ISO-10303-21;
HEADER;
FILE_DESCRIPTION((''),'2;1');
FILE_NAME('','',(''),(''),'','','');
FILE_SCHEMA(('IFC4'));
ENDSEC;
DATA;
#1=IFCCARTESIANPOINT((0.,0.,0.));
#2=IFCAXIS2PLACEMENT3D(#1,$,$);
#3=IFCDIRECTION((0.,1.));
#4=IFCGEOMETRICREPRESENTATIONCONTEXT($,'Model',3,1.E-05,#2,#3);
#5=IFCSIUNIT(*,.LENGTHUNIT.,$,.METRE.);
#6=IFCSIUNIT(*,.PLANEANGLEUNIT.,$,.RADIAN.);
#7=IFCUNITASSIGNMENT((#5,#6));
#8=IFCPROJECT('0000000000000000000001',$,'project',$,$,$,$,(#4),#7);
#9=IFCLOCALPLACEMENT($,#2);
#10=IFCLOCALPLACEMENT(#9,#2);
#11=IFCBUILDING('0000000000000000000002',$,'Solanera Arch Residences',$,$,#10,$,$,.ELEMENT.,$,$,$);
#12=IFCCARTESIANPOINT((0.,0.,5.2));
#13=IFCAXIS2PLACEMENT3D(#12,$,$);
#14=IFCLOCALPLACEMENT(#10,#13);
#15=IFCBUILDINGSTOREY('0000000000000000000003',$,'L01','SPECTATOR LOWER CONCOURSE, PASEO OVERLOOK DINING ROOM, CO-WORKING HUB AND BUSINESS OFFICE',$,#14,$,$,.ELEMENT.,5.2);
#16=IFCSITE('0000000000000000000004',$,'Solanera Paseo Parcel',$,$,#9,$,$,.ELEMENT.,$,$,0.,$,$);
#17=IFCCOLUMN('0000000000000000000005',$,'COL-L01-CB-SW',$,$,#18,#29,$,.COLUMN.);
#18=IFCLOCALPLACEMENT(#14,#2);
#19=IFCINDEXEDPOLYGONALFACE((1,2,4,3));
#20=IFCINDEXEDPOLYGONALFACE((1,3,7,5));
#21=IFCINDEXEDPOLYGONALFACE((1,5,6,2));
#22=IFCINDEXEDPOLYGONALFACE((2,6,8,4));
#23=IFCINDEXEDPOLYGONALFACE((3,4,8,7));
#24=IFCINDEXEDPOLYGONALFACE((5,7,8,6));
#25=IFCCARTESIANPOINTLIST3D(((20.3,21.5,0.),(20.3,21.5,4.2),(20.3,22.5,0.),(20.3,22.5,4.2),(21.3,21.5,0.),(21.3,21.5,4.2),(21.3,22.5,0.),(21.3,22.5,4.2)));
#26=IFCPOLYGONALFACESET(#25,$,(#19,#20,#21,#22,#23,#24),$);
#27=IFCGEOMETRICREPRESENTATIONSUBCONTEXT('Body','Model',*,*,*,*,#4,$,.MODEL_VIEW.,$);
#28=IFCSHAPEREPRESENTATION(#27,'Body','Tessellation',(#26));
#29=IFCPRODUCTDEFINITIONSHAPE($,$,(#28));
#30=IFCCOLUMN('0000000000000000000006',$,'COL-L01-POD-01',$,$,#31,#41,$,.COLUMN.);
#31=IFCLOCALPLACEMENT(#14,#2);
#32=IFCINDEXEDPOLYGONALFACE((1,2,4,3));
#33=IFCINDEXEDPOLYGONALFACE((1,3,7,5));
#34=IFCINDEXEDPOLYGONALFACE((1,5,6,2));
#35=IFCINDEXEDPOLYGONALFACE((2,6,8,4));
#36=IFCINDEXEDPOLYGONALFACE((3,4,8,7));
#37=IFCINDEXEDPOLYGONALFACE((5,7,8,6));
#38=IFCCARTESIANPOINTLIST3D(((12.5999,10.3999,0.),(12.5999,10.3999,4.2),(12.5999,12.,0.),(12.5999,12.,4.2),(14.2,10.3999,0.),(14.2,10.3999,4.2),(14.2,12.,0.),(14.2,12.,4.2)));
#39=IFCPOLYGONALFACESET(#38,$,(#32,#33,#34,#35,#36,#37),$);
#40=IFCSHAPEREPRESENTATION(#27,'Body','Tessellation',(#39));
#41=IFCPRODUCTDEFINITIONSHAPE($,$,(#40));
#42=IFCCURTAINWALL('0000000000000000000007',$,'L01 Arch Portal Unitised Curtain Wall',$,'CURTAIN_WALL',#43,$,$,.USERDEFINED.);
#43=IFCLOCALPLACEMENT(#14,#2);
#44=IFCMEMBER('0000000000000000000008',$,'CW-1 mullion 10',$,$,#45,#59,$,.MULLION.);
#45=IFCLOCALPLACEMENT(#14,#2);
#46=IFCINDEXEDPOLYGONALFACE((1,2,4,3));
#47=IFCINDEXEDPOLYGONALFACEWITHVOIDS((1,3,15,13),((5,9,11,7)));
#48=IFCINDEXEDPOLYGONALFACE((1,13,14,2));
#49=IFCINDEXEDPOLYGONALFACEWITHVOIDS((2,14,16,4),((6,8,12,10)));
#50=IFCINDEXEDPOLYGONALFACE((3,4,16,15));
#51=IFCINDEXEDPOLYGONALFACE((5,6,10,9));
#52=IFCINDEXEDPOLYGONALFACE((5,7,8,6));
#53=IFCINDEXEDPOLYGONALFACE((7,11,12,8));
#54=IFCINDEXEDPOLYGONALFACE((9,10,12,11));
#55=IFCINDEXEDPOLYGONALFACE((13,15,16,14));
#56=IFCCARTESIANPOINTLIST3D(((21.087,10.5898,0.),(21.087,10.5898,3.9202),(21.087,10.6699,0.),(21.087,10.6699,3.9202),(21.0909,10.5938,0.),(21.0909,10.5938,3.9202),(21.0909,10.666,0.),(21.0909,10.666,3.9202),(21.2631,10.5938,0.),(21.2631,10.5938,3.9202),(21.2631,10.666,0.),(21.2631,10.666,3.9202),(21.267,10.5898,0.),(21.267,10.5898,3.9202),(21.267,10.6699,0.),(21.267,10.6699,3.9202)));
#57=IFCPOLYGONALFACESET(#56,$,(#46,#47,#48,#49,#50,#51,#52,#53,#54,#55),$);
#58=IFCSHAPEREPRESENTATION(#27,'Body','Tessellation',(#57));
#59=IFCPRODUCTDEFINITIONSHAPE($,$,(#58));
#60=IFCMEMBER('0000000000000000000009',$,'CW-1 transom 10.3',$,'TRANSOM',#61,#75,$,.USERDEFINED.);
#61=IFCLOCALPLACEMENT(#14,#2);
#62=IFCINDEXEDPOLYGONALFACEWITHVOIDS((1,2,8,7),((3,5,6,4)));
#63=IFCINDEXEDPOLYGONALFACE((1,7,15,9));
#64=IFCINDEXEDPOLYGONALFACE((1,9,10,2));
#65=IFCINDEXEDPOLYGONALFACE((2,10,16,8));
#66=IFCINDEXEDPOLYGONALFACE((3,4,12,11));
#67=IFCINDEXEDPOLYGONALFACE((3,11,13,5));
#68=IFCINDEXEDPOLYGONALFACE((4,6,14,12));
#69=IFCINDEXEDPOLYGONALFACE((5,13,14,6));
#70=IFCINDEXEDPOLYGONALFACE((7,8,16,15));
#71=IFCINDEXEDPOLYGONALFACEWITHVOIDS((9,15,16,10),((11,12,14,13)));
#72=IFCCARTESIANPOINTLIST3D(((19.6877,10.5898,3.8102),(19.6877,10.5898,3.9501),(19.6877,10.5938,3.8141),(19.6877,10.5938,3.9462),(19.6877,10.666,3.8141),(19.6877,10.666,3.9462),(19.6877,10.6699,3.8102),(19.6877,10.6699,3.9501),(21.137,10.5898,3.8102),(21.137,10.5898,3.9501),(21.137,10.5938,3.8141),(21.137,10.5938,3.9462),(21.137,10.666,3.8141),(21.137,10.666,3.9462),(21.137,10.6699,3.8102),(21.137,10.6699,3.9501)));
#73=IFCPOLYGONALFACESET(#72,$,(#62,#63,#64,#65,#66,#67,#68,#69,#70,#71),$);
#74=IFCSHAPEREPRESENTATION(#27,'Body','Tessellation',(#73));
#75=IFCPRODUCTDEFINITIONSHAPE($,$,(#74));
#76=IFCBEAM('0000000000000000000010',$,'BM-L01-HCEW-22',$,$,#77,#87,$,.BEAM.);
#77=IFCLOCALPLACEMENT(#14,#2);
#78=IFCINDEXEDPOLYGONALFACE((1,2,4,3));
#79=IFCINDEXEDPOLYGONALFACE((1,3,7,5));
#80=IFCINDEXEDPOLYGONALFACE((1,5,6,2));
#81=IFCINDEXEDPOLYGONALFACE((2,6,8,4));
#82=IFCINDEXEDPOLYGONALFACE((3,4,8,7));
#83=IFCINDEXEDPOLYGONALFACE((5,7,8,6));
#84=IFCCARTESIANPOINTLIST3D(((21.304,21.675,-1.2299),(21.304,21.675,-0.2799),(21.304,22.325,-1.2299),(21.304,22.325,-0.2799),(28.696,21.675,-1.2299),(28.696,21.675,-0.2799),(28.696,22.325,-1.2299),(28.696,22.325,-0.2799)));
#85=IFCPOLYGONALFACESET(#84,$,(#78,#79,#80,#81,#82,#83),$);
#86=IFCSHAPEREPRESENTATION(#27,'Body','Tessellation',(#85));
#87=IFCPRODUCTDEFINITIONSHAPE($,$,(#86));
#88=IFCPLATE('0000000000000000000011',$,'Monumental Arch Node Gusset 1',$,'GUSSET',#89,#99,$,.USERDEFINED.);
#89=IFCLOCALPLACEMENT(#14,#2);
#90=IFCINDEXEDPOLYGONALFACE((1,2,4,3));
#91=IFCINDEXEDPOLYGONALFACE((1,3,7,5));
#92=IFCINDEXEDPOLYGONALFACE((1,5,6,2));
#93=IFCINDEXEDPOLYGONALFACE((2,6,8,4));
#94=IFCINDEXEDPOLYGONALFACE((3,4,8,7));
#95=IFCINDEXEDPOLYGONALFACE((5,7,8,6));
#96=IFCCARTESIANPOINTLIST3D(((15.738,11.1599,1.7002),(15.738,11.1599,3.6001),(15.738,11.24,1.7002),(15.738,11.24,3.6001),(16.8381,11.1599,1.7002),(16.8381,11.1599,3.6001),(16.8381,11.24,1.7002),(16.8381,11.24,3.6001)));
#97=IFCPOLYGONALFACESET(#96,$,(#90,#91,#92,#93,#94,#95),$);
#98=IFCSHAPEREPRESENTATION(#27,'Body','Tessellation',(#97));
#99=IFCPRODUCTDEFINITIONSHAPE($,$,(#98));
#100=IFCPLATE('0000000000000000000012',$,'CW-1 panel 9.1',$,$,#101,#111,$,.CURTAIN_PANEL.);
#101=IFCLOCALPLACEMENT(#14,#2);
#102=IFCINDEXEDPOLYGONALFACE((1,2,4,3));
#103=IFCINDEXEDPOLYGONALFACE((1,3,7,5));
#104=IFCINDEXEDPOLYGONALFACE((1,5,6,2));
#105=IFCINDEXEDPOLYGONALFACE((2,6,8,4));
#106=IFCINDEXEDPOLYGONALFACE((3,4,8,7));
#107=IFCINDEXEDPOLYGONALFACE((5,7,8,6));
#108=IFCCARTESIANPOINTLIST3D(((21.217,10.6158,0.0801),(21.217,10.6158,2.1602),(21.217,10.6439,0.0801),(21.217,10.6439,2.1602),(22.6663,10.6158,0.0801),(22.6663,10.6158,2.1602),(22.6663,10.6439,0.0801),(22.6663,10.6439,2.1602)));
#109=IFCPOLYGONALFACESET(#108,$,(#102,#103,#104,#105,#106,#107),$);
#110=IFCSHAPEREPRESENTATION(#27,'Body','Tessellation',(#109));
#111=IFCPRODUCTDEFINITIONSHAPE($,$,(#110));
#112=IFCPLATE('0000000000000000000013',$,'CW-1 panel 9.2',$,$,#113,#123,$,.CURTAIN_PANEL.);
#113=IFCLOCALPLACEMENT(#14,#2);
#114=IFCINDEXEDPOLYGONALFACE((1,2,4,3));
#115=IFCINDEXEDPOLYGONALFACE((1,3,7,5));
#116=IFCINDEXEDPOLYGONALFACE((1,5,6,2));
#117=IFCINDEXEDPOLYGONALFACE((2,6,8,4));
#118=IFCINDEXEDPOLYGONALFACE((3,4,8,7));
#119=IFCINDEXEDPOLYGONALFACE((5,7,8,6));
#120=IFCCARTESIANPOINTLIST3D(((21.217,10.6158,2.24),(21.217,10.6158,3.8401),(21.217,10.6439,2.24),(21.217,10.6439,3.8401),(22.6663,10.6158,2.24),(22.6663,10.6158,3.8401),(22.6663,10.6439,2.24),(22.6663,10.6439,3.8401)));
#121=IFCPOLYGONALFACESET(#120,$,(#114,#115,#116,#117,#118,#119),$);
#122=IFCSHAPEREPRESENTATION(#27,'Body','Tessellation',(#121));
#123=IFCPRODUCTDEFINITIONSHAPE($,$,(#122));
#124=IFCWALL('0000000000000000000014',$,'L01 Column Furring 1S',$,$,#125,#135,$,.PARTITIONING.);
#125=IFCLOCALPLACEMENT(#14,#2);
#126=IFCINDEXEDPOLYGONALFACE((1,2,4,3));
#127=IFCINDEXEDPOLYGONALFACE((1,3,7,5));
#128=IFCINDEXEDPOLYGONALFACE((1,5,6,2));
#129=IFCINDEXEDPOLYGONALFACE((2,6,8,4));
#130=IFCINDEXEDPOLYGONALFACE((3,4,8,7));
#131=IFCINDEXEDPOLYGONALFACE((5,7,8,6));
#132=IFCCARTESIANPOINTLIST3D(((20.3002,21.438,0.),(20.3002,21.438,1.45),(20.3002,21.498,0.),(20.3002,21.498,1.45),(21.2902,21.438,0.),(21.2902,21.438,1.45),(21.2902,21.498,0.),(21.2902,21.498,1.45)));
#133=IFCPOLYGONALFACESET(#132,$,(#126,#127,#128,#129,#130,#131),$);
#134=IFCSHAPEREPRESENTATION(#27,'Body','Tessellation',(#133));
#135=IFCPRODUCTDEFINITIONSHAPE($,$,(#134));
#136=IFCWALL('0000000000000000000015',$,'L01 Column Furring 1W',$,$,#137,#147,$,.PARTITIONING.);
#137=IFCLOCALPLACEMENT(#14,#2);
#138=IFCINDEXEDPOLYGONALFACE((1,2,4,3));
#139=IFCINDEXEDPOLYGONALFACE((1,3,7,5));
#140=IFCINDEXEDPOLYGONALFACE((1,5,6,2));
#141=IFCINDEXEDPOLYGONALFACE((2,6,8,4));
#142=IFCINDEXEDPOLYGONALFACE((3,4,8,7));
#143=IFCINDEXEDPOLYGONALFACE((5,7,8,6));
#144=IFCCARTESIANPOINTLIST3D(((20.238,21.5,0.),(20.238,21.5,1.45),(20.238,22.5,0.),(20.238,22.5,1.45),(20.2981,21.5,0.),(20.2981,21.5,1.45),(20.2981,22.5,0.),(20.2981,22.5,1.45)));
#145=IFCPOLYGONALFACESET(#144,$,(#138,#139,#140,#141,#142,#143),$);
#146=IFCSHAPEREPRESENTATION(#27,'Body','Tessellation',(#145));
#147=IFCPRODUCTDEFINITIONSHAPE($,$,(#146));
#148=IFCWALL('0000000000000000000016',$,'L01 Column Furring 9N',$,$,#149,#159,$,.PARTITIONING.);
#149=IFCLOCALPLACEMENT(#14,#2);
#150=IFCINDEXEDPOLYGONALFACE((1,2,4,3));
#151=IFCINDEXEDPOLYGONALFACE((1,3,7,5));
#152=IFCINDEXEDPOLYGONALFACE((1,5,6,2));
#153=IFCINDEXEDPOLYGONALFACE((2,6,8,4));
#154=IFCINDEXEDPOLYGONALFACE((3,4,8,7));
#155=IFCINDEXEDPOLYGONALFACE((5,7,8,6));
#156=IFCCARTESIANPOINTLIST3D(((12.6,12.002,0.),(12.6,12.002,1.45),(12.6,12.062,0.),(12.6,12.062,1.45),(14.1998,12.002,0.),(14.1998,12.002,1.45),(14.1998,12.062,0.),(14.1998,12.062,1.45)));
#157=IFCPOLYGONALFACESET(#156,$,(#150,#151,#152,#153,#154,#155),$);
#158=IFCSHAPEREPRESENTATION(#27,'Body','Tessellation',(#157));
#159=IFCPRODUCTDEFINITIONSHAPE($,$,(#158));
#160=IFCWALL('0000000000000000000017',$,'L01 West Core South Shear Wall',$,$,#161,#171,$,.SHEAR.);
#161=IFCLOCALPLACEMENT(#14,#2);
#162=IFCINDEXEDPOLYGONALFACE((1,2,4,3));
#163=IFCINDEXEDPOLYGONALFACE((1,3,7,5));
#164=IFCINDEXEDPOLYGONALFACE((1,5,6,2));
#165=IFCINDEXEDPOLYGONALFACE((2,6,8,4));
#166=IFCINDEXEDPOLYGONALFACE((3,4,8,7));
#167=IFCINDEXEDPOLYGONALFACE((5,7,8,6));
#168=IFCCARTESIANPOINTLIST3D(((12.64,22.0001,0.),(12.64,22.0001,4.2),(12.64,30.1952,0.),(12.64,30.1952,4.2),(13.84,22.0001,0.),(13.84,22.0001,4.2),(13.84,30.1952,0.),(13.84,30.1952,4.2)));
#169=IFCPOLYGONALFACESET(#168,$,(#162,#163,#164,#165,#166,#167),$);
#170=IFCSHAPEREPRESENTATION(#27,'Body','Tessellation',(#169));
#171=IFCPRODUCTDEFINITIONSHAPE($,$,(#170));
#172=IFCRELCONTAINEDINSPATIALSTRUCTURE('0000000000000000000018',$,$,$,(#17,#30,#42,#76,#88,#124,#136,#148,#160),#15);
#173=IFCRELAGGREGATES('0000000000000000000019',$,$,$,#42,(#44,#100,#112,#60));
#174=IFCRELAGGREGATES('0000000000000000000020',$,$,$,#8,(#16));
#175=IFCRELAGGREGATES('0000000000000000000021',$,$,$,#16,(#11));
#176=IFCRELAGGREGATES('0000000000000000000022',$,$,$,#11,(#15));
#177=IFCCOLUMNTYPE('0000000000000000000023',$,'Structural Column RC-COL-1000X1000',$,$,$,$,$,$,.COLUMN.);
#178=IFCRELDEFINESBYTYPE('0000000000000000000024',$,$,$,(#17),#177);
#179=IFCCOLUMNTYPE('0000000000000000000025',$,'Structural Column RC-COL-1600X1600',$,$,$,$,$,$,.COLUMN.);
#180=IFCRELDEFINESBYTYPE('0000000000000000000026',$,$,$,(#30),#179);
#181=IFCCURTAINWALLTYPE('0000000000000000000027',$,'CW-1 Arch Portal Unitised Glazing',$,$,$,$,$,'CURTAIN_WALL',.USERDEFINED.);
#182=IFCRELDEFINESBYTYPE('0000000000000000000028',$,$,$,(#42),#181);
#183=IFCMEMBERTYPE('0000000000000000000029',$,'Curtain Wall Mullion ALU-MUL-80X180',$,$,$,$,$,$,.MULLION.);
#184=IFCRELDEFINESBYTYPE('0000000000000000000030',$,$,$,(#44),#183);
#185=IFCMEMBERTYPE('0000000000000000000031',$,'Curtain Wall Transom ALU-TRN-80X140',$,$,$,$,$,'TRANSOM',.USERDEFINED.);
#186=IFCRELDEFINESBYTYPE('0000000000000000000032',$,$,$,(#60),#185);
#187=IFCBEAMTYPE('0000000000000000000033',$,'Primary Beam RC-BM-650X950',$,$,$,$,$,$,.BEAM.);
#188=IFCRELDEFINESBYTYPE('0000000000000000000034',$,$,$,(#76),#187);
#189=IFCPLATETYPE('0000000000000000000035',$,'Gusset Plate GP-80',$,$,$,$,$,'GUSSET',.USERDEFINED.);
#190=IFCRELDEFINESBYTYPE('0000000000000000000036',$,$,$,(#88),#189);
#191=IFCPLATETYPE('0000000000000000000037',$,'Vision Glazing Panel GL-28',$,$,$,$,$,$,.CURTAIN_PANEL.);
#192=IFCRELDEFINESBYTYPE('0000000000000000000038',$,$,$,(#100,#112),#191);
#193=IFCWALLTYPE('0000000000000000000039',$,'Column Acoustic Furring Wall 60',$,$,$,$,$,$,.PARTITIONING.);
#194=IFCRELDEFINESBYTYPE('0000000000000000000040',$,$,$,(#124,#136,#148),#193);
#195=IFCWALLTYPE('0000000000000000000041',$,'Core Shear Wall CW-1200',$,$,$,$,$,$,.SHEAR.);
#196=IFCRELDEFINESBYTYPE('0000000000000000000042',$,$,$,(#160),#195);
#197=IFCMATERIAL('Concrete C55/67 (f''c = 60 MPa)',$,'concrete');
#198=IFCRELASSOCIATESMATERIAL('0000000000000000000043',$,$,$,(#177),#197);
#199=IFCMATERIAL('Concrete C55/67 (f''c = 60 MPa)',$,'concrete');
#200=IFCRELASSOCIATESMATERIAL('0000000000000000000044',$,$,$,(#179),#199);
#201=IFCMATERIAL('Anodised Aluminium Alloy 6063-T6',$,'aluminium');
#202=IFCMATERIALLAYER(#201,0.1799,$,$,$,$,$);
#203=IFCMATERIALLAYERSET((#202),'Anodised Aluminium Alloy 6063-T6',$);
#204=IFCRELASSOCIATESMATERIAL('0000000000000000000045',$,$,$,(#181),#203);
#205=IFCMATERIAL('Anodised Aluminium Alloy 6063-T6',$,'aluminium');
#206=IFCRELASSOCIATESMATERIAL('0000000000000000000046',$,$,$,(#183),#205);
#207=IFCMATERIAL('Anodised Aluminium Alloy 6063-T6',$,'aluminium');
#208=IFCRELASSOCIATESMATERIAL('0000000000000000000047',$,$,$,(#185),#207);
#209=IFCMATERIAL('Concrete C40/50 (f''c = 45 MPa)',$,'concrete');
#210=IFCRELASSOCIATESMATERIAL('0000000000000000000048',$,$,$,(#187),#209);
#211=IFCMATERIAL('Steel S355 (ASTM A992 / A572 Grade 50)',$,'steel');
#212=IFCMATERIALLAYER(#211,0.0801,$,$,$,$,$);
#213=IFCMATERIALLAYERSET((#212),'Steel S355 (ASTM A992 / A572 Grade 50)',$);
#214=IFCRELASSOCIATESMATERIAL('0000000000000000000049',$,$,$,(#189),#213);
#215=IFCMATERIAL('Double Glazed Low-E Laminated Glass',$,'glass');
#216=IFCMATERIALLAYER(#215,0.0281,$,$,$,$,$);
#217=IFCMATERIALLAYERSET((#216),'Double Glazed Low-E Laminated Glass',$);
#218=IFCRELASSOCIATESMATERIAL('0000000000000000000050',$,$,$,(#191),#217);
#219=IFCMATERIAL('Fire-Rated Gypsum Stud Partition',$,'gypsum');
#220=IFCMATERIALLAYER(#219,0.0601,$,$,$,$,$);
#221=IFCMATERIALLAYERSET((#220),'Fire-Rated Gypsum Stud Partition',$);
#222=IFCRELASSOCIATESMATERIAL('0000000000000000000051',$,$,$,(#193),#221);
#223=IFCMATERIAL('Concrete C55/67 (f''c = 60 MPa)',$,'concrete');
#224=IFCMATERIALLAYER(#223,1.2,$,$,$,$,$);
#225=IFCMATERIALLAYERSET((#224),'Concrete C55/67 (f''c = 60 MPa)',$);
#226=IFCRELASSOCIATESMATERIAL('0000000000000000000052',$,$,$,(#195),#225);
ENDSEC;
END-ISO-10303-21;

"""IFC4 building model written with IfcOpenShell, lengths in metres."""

from ifc_helpers import new_model, si_unit, direction, frame, frame_2d, origin, origin_2d, place, context, subcontext, project, spatial, rectangle, hollow_rectangle, extrude, material, layer, layer_set, material_profile, profile_set, type_object, element, aggregate, save


model = new_model("IFC4")

# Units and contexts
model_context = context("Model", 3, precision=1e-05, world=origin(), true_north=direction((0.0, 1.0)))
body_context = subcontext(model_context, "Body", "Model", "MODEL_VIEW")
ifc_project = project(units=[si_unit("LENGTHUNIT", "METRE"), si_unit("PLANEANGLEUNIT", "RADIAN")], contexts=[model_context])

# Site, building, storey
site_placement = place(None, origin())
site = spatial("IfcSite", under=ifc_project, at=site_placement, Name="Solanera Paseo Parcel", CompositionType="ELEMENT", RefElevation=0.0)
building_placement = place(site_placement, origin())
building = spatial("IfcBuilding", under=site, at=building_placement, Name="Solanera Arch Residences", CompositionType="ELEMENT")
storey_placement = place(building_placement, frame((0.0, 0.0, 5.2)))
storey = spatial("IfcBuildingStorey", under=building, at=storey_placement, Name="L01", Description="SPECTATOR LOWER CONCOURSE, PASEO OVERLOOK DINING ROOM, CO-WORKING HUB AND BUSINESS OFFICE", CompositionType="ELEMENT", Elevation=5.2)

# Columns
ifc_material_1 = material(Name="Concrete C55/67 (f'c = 60 MPa)", Category="concrete")
ifc_material_profile_1 = material_profile(ifc_material_1, rectangle(XDim=1.0, YDim=1.0, at=origin_2d()))
ifc_profile_set_1 = profile_set([ifc_material_profile_1], Name="Concrete C55/67 (f'c = 60 MPa)")
column_type_1 = type_object("IfcColumnType", Name="Structural Column RC-COL-1000X1000", PredefinedType="COLUMN", material=ifc_profile_set_1)
column_1_placement = place(storey_placement, frame((20.8, 22.0, 0.0), z_axis=(0.0, 0.0, 1.0), x_axis=(1.0, 0.0, 0.0)))
element("IfcColumn", 1, at=column_1_placement, inside=storey, type_object=column_type_1, Name="COL-L01-CB-SW", PredefinedType="COLUMN", context=body_context, shape_type="SweptSolid", body=[
    extrude(rectangle(XDim=1.0, YDim=1.0, at=origin_2d()), origin(), (0.0, 0.0, 1.0), 4.2),
])
ifc_material_2 = material(Name="Concrete C55/67 (f'c = 60 MPa)", Category="concrete")
ifc_material_profile_2 = material_profile(ifc_material_2, rectangle(XDim=1.6001, YDim=1.6001, at=origin_2d()))
ifc_profile_set_2 = profile_set([ifc_material_profile_2], Name="Concrete C55/67 (f'c = 60 MPa)")
column_type_2 = type_object("IfcColumnType", Name="Structural Column RC-COL-1600X1600", PredefinedType="COLUMN", material=ifc_profile_set_2)
column_2_placement = place(storey_placement, frame((13.3999, 11.2, 0.0), z_axis=(0.0, 0.0, 1.0), x_axis=(1.0, 0.0, 0.0)))
element("IfcColumn", 2, at=column_2_placement, inside=storey, type_object=column_type_2, Name="COL-L01-POD-01", PredefinedType="COLUMN", context=body_context, shape_type="SweptSolid", body=[
    extrude(rectangle(XDim=1.6001, YDim=1.6001, at=origin_2d()), origin(), (0.0, 0.0, 1.0), 4.2),
])

# Curtain wall, members
ifc_material_3 = material(Name="Anodised Aluminium Alloy 6063-T6", Category="aluminium")
ifc_layer_1 = layer(ifc_material_3, 0.1799)
ifc_layer_set_1 = layer_set([ifc_layer_1], Name="Anodised Aluminium Alloy 6063-T6")
curtain_wall_type = type_object("IfcCurtainWallType", Name="CW-1 Arch Portal Unitised Glazing", ElementType="CURTAIN_WALL", PredefinedType="USERDEFINED", material=ifc_layer_set_1)
curtain_wall_placement = place(storey_placement, origin())
curtain_wall = element("IfcCurtainWall", 3, at=curtain_wall_placement, inside=storey, type_object=curtain_wall_type, Name="L01 Arch Portal Unitised Curtain Wall", ObjectType="CURTAIN_WALL", PredefinedType="USERDEFINED")
ifc_material_4 = material(Name="Anodised Aluminium Alloy 6063-T6", Category="aluminium")
ifc_material_profile_3 = material_profile(ifc_material_4, hollow_rectangle(XDim=0.0801, YDim=0.1799, WallThickness=0.0039, at=origin_2d()))
ifc_profile_set_3 = profile_set([ifc_material_profile_3], Name="Anodised Aluminium Alloy 6063-T6")
member_type_1 = type_object("IfcMemberType", Name="Curtain Wall Mullion ALU-MUL-80X180", PredefinedType="MULLION", material=ifc_profile_set_3)
member_1_placement = place(storey_placement, frame((21.177, 10.6299, 0.0), z_axis=(0.0, 0.0, 1.0), x_axis=(0.0, -1.0, 0.0)))
member_1 = element("IfcMember", 4, at=member_1_placement, type_object=member_type_1, Name="CW-1 mullion 10", PredefinedType="MULLION", context=body_context, shape_type="SweptSolid", body=[
    extrude(hollow_rectangle(XDim=0.0801, YDim=0.1799, WallThickness=0.0039, at=origin_2d()), origin(), (0.0, 0.0, 1.0), 3.9202),
])
ifc_material_5 = material(Name="Anodised Aluminium Alloy 6063-T6", Category="aluminium")
ifc_material_profile_4 = material_profile(ifc_material_5, hollow_rectangle(XDim=0.0801, YDim=0.1399, WallThickness=0.0039, at=origin_2d()))
ifc_profile_set_4 = profile_set([ifc_material_profile_4], Name="Anodised Aluminium Alloy 6063-T6")
member_type_2 = type_object("IfcMemberType", Name="Curtain Wall Transom ALU-TRN-80X140", ElementType="TRANSOM", PredefinedType="USERDEFINED", material=ifc_profile_set_4)
member_2_placement = place(storey_placement, frame((21.137, 10.6299, 3.8801), z_axis=(-1.0, 0.0, 0.0), x_axis=(0.0, -1.0, 0.0)))
member_2 = element("IfcMember", 5, at=member_2_placement, type_object=member_type_2, Name="CW-1 transom 10.3", ObjectType="TRANSOM", PredefinedType="USERDEFINED", context=body_context, shape_type="SweptSolid", body=[
    extrude(hollow_rectangle(XDim=0.0801, YDim=0.1399, WallThickness=0.0039, at=origin_2d()), origin(), (0.0, 0.0, 1.0), 1.4492),
])

# Beam
ifc_material_6 = material(Name="Concrete C40/50 (f'c = 45 MPa)", Category="concrete")
ifc_material_profile_5 = material_profile(ifc_material_6, rectangle(XDim=0.6499, YDim=0.95, at=origin_2d()))
ifc_profile_set_5 = profile_set([ifc_material_profile_5], Name="Concrete C40/50 (f'c = 45 MPa)")
beam_type = type_object("IfcBeamType", Name="Primary Beam RC-BM-650X950", PredefinedType="BEAM", material=ifc_profile_set_5)
beam_placement = place(storey_placement, frame((21.304, 22.0, -0.7549), z_axis=(1.0, 0.0, 0.0), x_axis=(0.0, 1.0, 0.0)))
element("IfcBeam", 6, at=beam_placement, inside=storey, type_object=beam_type, Name="BM-L01-HCEW-22", PredefinedType="BEAM", context=body_context, shape_type="SweptSolid", body=[
    extrude(rectangle(XDim=0.6499, YDim=0.95, at=origin_2d()), origin(), (0.0, 0.0, 1.0), 7.3921),
])

# Plates
ifc_material_7 = material(Name="Steel S355 (ASTM A992 / A572 Grade 50)", Category="steel")
ifc_layer_2 = layer(ifc_material_7, 0.0801)
ifc_layer_set_2 = layer_set([ifc_layer_2], Name="Steel S355 (ASTM A992 / A572 Grade 50)")
plate_type_1 = type_object("IfcPlateType", Name="Gusset Plate GP-80", ElementType="GUSSET", PredefinedType="USERDEFINED", material=ifc_layer_set_2)
plate_1_placement = place(storey_placement, frame((16.2881, 11.2, 1.7002), z_axis=(0.0, 0.0, 1.0), x_axis=(1.0, 0.0, 0.0)))
element("IfcPlate", 7, at=plate_1_placement, inside=storey, type_object=plate_type_1, Name="Monumental Arch Node Gusset 1", ObjectType="GUSSET", PredefinedType="USERDEFINED", context=body_context, shape_type="SweptSolid", body=[
    extrude(rectangle(XDim=1.1001, YDim=0.0801, at=origin_2d()), origin(), (0.0, 0.0, 1.0), 1.8999),
])
ifc_material_8 = material(Name="Double Glazed Low-E Laminated Glass", Category="glass")
ifc_layer_3 = layer(ifc_material_8, 0.0281)
ifc_layer_set_3 = layer_set([ifc_layer_3], Name="Double Glazed Low-E Laminated Glass")
plate_type_2 = type_object("IfcPlateType", Name="Vision Glazing Panel GL-28", PredefinedType="CURTAIN_PANEL", material=ifc_layer_set_3)
plate_2_placement = place(storey_placement, frame((21.9417, 10.6299, 0.0801), z_axis=(0.0, 0.0, 1.0), x_axis=(-1.0, 0.0, 0.0)))
plate_2 = element("IfcPlate", 8, at=plate_2_placement, type_object=plate_type_2, Name="CW-1 panel 9.1", PredefinedType="CURTAIN_PANEL", context=body_context, shape_type="SweptSolid", body=[
    extrude(rectangle(XDim=1.4492, YDim=0.0281, at=origin_2d()), origin(), (0.0, 0.0, 1.0), 2.0801),
])
plate_3_placement = place(storey_placement, frame((21.9417, 10.6299, 2.24), z_axis=(0.0, 0.0, 1.0), x_axis=(-1.0, 0.0, 0.0)))
plate_3 = element("IfcPlate", 9, at=plate_3_placement, type_object=plate_type_2, Name="CW-1 panel 9.2", PredefinedType="CURTAIN_PANEL", context=body_context, shape_type="SweptSolid", body=[
    extrude(rectangle(XDim=1.4492, YDim=0.0281, at=origin_2d()), origin(), (0.0, 0.0, 1.0), 1.6001),
])
aggregate(curtain_wall, [member_1, plate_2, plate_3, member_2])

# Walls
ifc_material_9 = material(Name="Fire-Rated Gypsum Stud Partition", Category="gypsum")
ifc_layer_4 = layer(ifc_material_9, 0.0601)
ifc_layer_set_4 = layer_set([ifc_layer_4], Name="Fire-Rated Gypsum Stud Partition")
wall_type_1 = type_object("IfcWallType", Name="Column Acoustic Furring Wall 60", PredefinedType="PARTITIONING", material=ifc_layer_set_4)
wall_1_placement = place(storey_placement, frame((20.3, 21.468, 0.0), z_axis=(0.0, 0.0, 1.0), x_axis=(1.0, 0.0, 0.0)))
element("IfcWall", 10, at=wall_1_placement, inside=storey, type_object=wall_type_1, Name="L01 Column Furring 1S", PredefinedType="PARTITIONING", context=body_context, shape_type="SweptSolid", body=[
    extrude(rectangle(XDim=0.99, YDim=0.0601, at=frame_2d((0.4951, 0.0))), origin(), (0.0, 0.0, 1.0), 1.45),
])
wall_2_placement = place(storey_placement, frame((20.2681, 21.5, 0.0), z_axis=(0.0, 0.0, 1.0), x_axis=(0.0, 1.0, 0.0)))
element("IfcWall", 11, at=wall_2_placement, inside=storey, type_object=wall_type_1, Name="L01 Column Furring 1W", PredefinedType="PARTITIONING", context=body_context, shape_type="SweptSolid", body=[
    extrude(rectangle(XDim=1.0, YDim=0.0601, at=frame_2d((0.5, 0.0))), origin(), (0.0, 0.0, 1.0), 1.45),
])
wall_3_placement = place(storey_placement, frame((12.6001, 12.032, 0.0), z_axis=(0.0, 0.0, 1.0), x_axis=(1.0, 0.0, 0.0)))
element("IfcWall", 12, at=wall_3_placement, inside=storey, type_object=wall_type_1, Name="L01 Column Furring 9N", PredefinedType="PARTITIONING", context=body_context, shape_type="SweptSolid", body=[
    extrude(rectangle(XDim=1.5999, YDim=0.0601, at=frame_2d((0.7998, 0.0))), origin(), (0.0, 0.0, 1.0), 1.45),
])
ifc_material_10 = material(Name="Concrete C55/67 (f'c = 60 MPa)", Category="concrete")
ifc_layer_5 = layer(ifc_material_10, 1.2)
ifc_layer_set_5 = layer_set([ifc_layer_5], Name="Concrete C55/67 (f'c = 60 MPa)")
wall_type_2 = type_object("IfcWallType", Name="Core Shear Wall CW-1200", PredefinedType="SHEAR", material=ifc_layer_set_5)
wall_4_placement = place(storey_placement, frame((13.24, 22.0, 0.0), z_axis=(0.0, 0.0, 1.0), x_axis=(0.0, 1.0, 0.0)))
element("IfcWall", 13, at=wall_4_placement, inside=storey, type_object=wall_type_2, Name="L01 West Core South Shear Wall", PredefinedType="SHEAR", context=body_context, shape_type="SweptSolid", body=[
    extrude(rectangle(XDim=8.1951, YDim=1.2, at=frame_2d((4.0977, 0.0))), origin(), (0.0, 0.0, 1.0), 4.2),
])

save(model, "model.ifc")
